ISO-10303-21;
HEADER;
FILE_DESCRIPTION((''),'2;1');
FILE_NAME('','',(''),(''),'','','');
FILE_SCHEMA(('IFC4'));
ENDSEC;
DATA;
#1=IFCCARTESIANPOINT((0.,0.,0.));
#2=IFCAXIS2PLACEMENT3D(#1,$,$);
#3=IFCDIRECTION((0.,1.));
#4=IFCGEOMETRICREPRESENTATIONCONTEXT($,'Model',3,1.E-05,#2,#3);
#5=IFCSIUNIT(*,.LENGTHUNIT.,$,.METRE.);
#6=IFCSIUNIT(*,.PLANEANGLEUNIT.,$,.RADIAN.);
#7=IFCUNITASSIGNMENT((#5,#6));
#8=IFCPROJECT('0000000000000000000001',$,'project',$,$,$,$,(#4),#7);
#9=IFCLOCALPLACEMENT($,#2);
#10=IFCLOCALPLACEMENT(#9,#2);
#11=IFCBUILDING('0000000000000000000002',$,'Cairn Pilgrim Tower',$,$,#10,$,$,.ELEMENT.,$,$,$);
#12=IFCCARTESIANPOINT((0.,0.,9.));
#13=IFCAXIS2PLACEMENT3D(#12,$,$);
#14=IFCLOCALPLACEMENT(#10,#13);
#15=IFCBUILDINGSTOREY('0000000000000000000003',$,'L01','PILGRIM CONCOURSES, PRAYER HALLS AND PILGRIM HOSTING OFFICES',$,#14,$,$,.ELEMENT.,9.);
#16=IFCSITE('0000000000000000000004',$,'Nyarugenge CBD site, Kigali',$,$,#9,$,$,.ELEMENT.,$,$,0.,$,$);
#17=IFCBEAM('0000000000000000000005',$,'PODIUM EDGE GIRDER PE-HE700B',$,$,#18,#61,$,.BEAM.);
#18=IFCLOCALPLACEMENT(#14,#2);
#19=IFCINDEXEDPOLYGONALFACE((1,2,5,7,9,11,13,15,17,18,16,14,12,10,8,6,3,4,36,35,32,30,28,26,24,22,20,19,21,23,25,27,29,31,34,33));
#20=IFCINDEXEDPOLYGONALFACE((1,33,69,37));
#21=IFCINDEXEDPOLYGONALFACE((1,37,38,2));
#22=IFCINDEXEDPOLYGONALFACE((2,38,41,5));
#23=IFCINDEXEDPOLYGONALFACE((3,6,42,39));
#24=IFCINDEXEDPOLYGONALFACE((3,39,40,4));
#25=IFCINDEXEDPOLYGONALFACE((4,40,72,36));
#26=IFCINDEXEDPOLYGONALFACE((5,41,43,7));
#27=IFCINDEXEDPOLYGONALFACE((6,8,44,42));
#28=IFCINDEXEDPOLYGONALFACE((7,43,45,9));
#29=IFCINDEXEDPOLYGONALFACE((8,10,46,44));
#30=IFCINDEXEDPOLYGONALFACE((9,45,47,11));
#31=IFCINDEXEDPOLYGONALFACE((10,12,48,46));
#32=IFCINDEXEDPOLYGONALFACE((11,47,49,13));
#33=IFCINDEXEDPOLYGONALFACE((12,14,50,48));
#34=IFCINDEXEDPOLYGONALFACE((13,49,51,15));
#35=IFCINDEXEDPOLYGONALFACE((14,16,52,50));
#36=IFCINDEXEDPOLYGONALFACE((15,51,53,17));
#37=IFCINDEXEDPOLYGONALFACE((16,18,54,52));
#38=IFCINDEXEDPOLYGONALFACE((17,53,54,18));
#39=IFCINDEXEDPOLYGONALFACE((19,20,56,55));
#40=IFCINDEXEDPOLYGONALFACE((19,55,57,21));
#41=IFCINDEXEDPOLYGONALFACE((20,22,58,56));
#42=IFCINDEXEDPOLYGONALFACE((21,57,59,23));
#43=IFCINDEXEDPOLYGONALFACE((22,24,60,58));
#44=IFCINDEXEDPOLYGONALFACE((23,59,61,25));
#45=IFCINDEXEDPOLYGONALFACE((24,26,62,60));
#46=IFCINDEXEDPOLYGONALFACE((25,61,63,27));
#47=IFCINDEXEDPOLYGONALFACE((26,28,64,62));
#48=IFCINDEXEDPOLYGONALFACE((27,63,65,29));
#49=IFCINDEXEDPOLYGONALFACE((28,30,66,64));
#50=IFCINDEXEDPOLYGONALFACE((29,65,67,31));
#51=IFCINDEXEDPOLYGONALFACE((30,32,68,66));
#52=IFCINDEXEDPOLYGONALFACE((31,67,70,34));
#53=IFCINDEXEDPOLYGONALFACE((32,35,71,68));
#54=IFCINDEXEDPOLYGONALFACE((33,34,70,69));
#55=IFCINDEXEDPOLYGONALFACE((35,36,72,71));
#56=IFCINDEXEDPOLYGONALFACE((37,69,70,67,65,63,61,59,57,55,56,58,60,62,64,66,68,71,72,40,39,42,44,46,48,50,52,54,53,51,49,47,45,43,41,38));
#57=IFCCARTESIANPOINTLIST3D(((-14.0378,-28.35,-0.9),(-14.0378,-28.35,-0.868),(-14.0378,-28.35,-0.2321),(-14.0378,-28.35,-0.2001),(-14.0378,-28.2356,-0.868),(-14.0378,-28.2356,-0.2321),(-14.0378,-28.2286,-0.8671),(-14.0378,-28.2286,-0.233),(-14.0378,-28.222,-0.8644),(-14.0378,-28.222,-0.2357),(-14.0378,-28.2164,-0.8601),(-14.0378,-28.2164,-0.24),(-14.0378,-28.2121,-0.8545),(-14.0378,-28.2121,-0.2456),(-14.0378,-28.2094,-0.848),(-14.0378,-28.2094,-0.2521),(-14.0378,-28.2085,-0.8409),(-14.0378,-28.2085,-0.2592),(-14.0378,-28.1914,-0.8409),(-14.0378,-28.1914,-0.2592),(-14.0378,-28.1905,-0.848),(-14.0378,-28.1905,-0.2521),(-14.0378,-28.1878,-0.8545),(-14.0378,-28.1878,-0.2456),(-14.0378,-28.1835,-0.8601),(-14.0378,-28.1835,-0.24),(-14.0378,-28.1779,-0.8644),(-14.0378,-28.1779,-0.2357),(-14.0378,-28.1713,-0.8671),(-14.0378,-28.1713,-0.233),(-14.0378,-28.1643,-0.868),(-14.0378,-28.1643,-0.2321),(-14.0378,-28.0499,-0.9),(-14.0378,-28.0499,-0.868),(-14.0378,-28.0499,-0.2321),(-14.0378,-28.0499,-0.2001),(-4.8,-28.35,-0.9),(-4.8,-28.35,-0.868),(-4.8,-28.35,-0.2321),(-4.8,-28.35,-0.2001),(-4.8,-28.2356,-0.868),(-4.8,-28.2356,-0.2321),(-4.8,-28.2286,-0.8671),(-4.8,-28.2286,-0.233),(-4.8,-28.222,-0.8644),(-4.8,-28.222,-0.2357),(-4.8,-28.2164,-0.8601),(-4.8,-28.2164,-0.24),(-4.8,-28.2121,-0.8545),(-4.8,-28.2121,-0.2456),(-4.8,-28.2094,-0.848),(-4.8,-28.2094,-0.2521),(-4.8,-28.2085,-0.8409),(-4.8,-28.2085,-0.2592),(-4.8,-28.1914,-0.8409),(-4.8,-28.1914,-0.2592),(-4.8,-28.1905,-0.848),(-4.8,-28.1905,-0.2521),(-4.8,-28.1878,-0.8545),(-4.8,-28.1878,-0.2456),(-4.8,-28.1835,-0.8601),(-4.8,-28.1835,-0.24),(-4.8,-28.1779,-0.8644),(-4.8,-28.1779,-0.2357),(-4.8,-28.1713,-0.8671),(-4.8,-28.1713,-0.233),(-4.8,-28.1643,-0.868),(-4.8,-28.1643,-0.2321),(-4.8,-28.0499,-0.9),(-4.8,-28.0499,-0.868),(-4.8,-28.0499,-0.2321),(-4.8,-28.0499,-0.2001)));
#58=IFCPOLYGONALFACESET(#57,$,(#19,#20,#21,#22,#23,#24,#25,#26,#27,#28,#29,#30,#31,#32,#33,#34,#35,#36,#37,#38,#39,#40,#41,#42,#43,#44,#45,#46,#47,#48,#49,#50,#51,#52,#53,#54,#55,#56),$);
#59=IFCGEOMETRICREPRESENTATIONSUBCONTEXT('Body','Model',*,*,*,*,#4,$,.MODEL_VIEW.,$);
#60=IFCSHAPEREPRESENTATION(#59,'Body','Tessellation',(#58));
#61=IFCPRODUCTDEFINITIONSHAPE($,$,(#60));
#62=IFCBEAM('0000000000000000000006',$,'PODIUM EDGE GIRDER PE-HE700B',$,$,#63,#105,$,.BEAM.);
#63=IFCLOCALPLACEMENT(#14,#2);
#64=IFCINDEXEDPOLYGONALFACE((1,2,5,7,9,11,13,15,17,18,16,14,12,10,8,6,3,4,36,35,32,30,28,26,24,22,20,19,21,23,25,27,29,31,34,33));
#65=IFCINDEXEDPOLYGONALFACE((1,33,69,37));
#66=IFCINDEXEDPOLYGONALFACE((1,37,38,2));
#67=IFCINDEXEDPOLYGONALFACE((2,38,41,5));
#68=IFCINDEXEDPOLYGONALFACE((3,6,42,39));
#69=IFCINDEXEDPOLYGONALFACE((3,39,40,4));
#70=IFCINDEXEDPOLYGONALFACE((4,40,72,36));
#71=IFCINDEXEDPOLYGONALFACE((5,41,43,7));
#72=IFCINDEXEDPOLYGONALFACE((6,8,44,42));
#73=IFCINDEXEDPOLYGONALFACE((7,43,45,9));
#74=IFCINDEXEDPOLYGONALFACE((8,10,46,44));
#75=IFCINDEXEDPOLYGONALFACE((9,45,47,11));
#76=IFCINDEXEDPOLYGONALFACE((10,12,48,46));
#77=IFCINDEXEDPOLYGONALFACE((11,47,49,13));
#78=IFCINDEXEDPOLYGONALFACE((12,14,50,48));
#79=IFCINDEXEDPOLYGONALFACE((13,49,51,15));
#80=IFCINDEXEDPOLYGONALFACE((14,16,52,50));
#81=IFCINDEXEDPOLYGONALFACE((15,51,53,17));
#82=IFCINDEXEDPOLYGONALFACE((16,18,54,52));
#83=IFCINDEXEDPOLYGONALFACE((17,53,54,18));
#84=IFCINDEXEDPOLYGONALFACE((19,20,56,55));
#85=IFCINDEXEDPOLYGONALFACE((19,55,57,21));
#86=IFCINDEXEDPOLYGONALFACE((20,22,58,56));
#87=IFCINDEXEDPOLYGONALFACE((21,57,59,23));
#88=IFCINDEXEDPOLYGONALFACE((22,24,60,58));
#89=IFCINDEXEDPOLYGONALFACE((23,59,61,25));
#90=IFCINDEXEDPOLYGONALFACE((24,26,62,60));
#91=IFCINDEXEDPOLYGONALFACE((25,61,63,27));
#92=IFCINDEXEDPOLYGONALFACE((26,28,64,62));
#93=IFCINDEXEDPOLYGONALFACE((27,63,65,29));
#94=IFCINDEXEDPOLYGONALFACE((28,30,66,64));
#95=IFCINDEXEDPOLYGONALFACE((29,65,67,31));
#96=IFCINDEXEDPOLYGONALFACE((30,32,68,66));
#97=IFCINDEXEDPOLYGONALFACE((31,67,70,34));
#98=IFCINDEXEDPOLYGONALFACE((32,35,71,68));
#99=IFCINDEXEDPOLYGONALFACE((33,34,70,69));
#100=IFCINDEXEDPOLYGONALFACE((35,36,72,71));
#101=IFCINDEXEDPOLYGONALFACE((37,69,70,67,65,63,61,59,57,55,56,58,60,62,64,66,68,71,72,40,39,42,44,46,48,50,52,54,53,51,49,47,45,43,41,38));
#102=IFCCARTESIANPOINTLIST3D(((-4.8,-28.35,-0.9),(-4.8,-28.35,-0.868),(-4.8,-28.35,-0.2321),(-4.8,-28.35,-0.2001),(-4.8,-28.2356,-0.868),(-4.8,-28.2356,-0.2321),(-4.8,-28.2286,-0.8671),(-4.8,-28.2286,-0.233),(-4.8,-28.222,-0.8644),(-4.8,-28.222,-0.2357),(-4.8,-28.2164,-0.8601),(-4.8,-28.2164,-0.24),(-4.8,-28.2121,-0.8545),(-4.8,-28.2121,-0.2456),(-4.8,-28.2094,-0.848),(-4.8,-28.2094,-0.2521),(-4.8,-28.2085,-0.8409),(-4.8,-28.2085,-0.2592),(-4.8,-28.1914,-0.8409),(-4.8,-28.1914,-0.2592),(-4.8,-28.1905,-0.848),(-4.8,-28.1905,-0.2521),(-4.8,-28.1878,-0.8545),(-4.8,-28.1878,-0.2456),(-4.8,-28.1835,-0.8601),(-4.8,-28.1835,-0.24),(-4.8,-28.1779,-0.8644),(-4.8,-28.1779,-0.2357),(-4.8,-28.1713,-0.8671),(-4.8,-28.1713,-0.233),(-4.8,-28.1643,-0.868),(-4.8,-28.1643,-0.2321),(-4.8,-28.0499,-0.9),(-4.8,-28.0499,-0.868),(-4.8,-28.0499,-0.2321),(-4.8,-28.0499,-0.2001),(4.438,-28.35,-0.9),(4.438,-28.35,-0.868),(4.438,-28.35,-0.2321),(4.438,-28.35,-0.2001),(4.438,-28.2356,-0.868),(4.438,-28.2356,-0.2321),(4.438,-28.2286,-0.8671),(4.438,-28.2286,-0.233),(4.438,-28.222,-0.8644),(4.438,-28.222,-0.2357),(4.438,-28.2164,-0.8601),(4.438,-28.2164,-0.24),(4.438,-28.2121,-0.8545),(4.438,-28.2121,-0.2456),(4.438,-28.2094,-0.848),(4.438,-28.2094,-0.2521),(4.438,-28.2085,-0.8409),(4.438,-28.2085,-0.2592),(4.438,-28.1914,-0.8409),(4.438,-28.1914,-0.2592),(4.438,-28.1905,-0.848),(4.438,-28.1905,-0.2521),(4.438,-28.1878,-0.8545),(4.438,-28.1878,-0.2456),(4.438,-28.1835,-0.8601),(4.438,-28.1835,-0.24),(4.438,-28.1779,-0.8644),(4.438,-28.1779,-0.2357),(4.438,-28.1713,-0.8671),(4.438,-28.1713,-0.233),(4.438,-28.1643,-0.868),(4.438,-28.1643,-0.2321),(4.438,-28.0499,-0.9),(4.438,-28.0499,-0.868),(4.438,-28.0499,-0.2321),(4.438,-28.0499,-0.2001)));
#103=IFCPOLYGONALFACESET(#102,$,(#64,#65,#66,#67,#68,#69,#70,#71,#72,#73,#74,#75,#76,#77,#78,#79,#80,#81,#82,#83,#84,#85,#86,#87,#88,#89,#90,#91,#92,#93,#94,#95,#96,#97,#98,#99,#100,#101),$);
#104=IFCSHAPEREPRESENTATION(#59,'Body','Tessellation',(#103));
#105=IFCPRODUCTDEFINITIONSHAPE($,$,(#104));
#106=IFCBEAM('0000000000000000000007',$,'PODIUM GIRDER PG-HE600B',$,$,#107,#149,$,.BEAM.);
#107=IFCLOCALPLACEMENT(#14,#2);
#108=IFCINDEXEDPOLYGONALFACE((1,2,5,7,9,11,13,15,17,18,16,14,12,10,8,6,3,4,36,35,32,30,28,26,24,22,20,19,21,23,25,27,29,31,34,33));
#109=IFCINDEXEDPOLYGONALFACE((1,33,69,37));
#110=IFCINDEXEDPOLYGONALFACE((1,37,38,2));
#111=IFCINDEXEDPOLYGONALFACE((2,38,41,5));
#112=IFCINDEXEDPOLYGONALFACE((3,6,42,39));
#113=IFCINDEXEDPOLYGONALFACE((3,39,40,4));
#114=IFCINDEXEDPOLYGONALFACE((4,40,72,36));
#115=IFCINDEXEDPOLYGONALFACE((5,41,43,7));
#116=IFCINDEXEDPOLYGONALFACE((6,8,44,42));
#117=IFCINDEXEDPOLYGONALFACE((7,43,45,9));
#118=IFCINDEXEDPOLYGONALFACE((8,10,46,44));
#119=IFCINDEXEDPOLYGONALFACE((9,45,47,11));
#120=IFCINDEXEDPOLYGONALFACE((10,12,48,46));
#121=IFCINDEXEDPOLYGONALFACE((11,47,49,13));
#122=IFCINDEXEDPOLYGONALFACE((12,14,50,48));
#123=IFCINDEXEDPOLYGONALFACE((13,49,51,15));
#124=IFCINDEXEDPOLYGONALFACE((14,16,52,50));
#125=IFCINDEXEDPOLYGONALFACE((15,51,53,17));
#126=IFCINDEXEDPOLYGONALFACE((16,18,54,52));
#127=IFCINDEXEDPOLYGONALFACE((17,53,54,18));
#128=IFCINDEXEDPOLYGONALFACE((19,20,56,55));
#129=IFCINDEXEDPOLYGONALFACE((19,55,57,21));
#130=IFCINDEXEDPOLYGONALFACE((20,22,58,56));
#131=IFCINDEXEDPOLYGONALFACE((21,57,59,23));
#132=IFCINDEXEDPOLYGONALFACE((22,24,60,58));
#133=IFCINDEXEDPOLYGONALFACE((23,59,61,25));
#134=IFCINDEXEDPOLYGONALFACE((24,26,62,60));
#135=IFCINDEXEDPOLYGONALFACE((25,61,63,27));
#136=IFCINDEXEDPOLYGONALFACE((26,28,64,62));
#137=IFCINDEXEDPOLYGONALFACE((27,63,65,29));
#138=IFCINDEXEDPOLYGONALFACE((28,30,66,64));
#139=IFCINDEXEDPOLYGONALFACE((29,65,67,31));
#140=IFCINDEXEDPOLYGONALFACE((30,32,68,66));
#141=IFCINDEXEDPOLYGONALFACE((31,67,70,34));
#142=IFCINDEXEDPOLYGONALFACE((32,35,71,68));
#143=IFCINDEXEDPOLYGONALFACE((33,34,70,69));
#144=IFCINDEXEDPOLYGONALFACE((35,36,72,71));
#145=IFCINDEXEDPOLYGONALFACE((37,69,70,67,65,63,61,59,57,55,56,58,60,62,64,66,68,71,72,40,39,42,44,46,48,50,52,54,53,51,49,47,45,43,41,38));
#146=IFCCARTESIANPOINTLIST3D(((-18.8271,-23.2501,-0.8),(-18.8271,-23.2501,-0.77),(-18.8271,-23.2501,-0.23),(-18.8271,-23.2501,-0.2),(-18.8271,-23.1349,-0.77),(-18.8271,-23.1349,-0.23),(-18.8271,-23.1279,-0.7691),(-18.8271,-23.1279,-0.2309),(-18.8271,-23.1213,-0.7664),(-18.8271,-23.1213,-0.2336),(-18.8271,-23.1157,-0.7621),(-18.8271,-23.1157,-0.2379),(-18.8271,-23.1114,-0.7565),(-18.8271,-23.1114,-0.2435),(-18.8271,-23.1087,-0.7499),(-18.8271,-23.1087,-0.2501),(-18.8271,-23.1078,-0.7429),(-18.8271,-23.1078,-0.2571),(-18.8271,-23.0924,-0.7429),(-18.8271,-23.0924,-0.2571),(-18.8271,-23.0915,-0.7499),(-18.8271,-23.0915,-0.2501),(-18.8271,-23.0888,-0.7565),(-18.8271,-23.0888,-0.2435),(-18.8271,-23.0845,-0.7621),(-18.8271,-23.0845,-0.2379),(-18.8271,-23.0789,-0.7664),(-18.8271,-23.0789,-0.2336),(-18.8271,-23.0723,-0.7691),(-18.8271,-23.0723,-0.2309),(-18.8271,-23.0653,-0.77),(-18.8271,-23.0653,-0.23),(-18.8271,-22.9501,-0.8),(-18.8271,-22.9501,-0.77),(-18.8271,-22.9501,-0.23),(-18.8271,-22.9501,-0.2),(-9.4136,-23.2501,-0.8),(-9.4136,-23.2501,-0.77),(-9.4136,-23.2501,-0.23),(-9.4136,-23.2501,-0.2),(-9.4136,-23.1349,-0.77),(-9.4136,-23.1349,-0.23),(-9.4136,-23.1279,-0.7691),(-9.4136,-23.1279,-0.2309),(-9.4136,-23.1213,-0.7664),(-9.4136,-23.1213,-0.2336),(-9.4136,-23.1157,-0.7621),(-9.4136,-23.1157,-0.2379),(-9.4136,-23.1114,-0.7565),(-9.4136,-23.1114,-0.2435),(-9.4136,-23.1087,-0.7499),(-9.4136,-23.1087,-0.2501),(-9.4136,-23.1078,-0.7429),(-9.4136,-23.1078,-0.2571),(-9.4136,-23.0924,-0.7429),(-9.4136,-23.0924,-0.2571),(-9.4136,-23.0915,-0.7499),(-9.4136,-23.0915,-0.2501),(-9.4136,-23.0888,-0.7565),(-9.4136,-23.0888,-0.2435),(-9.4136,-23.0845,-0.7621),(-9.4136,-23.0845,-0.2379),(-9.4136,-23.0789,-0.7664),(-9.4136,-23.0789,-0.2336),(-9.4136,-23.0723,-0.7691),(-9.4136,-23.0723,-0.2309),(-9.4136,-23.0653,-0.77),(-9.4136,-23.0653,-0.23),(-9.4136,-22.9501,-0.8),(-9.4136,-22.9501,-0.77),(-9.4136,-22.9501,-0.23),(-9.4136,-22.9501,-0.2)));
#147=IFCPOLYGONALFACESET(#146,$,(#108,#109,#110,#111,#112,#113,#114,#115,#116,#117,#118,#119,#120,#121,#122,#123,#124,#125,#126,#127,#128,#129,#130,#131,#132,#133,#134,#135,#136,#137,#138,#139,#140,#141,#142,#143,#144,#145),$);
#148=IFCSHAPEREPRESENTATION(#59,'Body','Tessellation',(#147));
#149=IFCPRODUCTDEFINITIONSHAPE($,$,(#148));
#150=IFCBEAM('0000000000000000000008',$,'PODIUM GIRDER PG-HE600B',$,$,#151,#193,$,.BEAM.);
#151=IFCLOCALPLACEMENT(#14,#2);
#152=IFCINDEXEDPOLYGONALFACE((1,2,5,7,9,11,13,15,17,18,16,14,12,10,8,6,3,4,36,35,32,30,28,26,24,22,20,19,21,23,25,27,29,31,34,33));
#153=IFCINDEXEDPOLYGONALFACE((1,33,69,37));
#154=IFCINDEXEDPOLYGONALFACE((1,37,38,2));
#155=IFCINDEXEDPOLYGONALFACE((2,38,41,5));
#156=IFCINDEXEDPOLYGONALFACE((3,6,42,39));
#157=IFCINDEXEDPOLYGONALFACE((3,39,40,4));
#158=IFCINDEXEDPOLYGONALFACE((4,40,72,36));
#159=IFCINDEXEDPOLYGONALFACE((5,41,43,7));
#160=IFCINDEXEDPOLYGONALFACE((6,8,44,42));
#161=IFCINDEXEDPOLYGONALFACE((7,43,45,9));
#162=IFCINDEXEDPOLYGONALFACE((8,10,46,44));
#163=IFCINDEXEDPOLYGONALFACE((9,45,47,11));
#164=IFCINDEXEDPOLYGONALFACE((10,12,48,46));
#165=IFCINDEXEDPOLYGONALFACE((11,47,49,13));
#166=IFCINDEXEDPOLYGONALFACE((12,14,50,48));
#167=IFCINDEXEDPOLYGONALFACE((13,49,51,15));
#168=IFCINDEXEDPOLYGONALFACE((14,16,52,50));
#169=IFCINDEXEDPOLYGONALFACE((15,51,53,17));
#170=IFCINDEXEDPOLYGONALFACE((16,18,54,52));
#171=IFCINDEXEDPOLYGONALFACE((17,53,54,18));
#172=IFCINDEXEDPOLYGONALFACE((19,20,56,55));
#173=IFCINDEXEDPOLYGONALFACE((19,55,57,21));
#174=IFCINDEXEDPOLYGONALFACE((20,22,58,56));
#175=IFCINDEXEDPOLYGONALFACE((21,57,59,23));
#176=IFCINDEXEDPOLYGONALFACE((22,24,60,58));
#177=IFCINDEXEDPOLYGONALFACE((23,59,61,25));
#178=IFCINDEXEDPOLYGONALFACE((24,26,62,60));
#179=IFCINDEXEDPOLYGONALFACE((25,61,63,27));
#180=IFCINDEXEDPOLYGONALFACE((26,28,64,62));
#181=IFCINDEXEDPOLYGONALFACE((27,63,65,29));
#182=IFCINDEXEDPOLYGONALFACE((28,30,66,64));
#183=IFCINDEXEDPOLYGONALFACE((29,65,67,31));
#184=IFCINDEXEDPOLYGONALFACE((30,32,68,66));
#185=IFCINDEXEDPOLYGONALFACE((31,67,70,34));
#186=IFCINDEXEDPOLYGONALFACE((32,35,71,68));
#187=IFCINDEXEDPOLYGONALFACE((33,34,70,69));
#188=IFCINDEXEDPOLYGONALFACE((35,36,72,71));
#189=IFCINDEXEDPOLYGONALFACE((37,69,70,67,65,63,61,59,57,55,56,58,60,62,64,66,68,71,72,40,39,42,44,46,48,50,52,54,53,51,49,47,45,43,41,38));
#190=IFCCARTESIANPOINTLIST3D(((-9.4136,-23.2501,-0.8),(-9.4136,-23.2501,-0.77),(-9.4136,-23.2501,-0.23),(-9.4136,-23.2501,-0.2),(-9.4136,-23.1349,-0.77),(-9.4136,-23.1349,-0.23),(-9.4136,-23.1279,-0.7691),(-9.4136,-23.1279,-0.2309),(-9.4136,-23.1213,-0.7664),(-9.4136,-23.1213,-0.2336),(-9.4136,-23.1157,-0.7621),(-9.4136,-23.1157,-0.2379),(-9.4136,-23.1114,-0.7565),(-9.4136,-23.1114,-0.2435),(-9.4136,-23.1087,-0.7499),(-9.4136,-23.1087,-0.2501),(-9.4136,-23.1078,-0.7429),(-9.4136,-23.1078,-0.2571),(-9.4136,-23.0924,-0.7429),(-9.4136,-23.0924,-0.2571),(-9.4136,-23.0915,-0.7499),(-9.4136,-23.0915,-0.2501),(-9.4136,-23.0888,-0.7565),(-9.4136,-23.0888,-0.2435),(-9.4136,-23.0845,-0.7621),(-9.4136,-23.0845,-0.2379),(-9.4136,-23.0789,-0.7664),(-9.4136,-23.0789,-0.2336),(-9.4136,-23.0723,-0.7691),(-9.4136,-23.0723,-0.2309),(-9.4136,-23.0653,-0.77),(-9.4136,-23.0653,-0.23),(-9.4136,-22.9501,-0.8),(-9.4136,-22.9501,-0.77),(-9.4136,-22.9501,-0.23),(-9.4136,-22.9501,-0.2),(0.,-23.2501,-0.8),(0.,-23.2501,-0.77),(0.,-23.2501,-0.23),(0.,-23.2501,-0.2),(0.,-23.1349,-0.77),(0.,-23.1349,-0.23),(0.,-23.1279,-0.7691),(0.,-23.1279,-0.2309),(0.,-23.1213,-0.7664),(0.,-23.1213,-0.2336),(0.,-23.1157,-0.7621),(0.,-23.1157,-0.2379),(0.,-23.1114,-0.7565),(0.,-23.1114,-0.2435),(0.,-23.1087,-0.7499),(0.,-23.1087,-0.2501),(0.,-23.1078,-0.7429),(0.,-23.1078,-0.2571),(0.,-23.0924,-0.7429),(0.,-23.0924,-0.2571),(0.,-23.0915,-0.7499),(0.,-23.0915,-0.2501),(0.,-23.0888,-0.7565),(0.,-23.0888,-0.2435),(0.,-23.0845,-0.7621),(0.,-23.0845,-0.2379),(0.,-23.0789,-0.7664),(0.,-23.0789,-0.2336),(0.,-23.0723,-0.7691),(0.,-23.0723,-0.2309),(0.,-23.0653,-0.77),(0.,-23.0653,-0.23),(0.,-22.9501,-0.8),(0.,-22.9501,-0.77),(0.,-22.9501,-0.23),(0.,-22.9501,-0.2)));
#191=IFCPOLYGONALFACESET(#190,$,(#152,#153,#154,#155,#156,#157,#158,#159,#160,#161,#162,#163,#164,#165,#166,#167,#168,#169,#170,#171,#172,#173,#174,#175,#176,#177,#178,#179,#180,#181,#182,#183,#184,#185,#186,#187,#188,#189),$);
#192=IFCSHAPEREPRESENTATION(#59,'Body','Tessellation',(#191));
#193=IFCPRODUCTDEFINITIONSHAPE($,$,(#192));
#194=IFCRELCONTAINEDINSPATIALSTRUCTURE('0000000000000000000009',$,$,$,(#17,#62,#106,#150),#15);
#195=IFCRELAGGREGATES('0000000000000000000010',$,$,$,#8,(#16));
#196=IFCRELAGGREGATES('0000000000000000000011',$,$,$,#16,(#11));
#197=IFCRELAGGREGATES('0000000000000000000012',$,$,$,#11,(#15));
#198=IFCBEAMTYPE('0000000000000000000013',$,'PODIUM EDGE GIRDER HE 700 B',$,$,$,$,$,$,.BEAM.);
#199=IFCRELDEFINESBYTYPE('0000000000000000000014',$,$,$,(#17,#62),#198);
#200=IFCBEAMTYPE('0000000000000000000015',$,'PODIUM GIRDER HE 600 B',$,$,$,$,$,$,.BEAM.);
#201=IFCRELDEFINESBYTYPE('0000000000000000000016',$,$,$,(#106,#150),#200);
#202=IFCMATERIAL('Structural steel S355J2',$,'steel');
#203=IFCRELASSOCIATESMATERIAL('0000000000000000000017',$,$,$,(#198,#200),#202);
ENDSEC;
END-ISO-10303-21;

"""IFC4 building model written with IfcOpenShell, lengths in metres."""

from ifc_helpers import new_model, si_unit, direction, frame, origin, origin_2d, place, context, subcontext, project, spatial, i_section, extrude, material, material_profile, profile_set, type_object, element, save


model = new_model("IFC4")

# Units and contexts
model_context = context("Model", 3, precision=1e-05, world=origin(), true_north=direction((0.0, 1.0)))
body_context = subcontext(model_context, "Body", "Model", "MODEL_VIEW")
ifc_project = project(units=[si_unit("LENGTHUNIT", "METRE"), si_unit("PLANEANGLEUNIT", "RADIAN")], contexts=[model_context])

# Site, building, storey
site_placement = place(None, origin())
site = spatial("IfcSite", under=ifc_project, at=site_placement, Name="Nyarugenge CBD site, Kigali", CompositionType="ELEMENT", RefElevation=0.0)
building_placement = place(site_placement, origin())
building = spatial("IfcBuilding", under=site, at=building_placement, Name="Cairn Pilgrim Tower", CompositionType="ELEMENT")
storey_placement = place(building_placement, frame((0.0, 0.0, 9.0)))
storey = spatial("IfcBuildingStorey", under=building, at=storey_placement, Name="L01", Description="PILGRIM CONCOURSES, PRAYER HALLS AND PILGRIM HOSTING OFFICES", CompositionType="ELEMENT", Elevation=9.0)

# Beams
ifc_material_1 = material(Name="Structural steel S355J2", Category="steel")
ifc_material_profile_1 = material_profile(ifc_material_1, i_section(OverallWidth=0.3, OverallDepth=0.7, WebThickness=0.0171, FlangeThickness=0.032, FilletRadius=0.0271, at=origin_2d()), Name="HEB 700")
ifc_profile_set_1 = profile_set([ifc_material_profile_1], Name="Structural steel S355J2")
beam_type_1 = type_object("IfcBeamType", Name="PODIUM EDGE GIRDER HE 700 B", PredefinedType="BEAM", material=ifc_profile_set_1)
beam_1_placement = place(storey_placement, frame((-14.0378, -28.2, -0.55), z_axis=(1.0, 0.0, 0.0), x_axis=(0.0, 1.0, 0.0)))
element("IfcBeam", 1, at=beam_1_placement, inside=storey, type_object=beam_type_1, Name="PODIUM EDGE GIRDER PE-HE700B", PredefinedType="BEAM", context=body_context, shape_type="SweptSolid", body=[
    extrude(i_section(OverallWidth=0.3, OverallDepth=0.7, WebThickness=0.0171, FlangeThickness=0.032, FilletRadius=0.0271, at=origin_2d()), origin(), (0.0, 0.0, 1.0), 9.2378),
])
beam_2_placement = place(storey_placement, frame((-4.8, -28.2, -0.55), z_axis=(1.0, 0.0, 0.0), x_axis=(0.0, 1.0, 0.0)))
element("IfcBeam", 2, at=beam_2_placement, inside=storey, type_object=beam_type_1, Name="PODIUM EDGE GIRDER PE-HE700B", PredefinedType="BEAM", context=body_context, shape_type="SweptSolid", body=[
    extrude(i_section(OverallWidth=0.3, OverallDepth=0.7, WebThickness=0.0171, FlangeThickness=0.032, FilletRadius=0.0271, at=origin_2d()), origin(), (0.0, 0.0, 1.0), 9.238),
])
ifc_material_profile_2 = material_profile(ifc_material_1, i_section(OverallWidth=0.3, OverallDepth=0.6001, WebThickness=0.0154, FlangeThickness=0.03, FilletRadius=0.0271, at=origin_2d()), Name="HEB 600")
ifc_profile_set_2 = profile_set([ifc_material_profile_2], Name="Structural steel S355J2")
beam_type_2 = type_object("IfcBeamType", Name="PODIUM GIRDER HE 600 B", PredefinedType="BEAM", material=ifc_profile_set_2)
for number, where, z_axis, x_axis, name in (
    (3, (-18.8271, -23.1001, -0.5), (1.0, 0.0, 0.0), (0.0, 1.0, 0.0), "PODIUM GIRDER PG-HE600B"),
    (4, (-9.4136, -23.1001, -0.5), (1.0, 0.0, 0.0), (0.0, 1.0, 0.0), "PODIUM GIRDER PG-HE600B"),
):
    element("IfcBeam", number, at=place(storey_placement, frame(where, z_axis=z_axis, x_axis=x_axis)), inside=storey, type_object=beam_type_2, Name=name, PredefinedType="BEAM", context=body_context, shape_type="SweptSolid", body=[
        extrude(i_section(OverallWidth=0.3, OverallDepth=0.6001, WebThickness=0.0154, FlangeThickness=0.03, FilletRadius=0.0271, at=origin_2d()), origin(), (0.0, 0.0, 1.0), 9.4136),
    ])

save(model, "model.ifc")
